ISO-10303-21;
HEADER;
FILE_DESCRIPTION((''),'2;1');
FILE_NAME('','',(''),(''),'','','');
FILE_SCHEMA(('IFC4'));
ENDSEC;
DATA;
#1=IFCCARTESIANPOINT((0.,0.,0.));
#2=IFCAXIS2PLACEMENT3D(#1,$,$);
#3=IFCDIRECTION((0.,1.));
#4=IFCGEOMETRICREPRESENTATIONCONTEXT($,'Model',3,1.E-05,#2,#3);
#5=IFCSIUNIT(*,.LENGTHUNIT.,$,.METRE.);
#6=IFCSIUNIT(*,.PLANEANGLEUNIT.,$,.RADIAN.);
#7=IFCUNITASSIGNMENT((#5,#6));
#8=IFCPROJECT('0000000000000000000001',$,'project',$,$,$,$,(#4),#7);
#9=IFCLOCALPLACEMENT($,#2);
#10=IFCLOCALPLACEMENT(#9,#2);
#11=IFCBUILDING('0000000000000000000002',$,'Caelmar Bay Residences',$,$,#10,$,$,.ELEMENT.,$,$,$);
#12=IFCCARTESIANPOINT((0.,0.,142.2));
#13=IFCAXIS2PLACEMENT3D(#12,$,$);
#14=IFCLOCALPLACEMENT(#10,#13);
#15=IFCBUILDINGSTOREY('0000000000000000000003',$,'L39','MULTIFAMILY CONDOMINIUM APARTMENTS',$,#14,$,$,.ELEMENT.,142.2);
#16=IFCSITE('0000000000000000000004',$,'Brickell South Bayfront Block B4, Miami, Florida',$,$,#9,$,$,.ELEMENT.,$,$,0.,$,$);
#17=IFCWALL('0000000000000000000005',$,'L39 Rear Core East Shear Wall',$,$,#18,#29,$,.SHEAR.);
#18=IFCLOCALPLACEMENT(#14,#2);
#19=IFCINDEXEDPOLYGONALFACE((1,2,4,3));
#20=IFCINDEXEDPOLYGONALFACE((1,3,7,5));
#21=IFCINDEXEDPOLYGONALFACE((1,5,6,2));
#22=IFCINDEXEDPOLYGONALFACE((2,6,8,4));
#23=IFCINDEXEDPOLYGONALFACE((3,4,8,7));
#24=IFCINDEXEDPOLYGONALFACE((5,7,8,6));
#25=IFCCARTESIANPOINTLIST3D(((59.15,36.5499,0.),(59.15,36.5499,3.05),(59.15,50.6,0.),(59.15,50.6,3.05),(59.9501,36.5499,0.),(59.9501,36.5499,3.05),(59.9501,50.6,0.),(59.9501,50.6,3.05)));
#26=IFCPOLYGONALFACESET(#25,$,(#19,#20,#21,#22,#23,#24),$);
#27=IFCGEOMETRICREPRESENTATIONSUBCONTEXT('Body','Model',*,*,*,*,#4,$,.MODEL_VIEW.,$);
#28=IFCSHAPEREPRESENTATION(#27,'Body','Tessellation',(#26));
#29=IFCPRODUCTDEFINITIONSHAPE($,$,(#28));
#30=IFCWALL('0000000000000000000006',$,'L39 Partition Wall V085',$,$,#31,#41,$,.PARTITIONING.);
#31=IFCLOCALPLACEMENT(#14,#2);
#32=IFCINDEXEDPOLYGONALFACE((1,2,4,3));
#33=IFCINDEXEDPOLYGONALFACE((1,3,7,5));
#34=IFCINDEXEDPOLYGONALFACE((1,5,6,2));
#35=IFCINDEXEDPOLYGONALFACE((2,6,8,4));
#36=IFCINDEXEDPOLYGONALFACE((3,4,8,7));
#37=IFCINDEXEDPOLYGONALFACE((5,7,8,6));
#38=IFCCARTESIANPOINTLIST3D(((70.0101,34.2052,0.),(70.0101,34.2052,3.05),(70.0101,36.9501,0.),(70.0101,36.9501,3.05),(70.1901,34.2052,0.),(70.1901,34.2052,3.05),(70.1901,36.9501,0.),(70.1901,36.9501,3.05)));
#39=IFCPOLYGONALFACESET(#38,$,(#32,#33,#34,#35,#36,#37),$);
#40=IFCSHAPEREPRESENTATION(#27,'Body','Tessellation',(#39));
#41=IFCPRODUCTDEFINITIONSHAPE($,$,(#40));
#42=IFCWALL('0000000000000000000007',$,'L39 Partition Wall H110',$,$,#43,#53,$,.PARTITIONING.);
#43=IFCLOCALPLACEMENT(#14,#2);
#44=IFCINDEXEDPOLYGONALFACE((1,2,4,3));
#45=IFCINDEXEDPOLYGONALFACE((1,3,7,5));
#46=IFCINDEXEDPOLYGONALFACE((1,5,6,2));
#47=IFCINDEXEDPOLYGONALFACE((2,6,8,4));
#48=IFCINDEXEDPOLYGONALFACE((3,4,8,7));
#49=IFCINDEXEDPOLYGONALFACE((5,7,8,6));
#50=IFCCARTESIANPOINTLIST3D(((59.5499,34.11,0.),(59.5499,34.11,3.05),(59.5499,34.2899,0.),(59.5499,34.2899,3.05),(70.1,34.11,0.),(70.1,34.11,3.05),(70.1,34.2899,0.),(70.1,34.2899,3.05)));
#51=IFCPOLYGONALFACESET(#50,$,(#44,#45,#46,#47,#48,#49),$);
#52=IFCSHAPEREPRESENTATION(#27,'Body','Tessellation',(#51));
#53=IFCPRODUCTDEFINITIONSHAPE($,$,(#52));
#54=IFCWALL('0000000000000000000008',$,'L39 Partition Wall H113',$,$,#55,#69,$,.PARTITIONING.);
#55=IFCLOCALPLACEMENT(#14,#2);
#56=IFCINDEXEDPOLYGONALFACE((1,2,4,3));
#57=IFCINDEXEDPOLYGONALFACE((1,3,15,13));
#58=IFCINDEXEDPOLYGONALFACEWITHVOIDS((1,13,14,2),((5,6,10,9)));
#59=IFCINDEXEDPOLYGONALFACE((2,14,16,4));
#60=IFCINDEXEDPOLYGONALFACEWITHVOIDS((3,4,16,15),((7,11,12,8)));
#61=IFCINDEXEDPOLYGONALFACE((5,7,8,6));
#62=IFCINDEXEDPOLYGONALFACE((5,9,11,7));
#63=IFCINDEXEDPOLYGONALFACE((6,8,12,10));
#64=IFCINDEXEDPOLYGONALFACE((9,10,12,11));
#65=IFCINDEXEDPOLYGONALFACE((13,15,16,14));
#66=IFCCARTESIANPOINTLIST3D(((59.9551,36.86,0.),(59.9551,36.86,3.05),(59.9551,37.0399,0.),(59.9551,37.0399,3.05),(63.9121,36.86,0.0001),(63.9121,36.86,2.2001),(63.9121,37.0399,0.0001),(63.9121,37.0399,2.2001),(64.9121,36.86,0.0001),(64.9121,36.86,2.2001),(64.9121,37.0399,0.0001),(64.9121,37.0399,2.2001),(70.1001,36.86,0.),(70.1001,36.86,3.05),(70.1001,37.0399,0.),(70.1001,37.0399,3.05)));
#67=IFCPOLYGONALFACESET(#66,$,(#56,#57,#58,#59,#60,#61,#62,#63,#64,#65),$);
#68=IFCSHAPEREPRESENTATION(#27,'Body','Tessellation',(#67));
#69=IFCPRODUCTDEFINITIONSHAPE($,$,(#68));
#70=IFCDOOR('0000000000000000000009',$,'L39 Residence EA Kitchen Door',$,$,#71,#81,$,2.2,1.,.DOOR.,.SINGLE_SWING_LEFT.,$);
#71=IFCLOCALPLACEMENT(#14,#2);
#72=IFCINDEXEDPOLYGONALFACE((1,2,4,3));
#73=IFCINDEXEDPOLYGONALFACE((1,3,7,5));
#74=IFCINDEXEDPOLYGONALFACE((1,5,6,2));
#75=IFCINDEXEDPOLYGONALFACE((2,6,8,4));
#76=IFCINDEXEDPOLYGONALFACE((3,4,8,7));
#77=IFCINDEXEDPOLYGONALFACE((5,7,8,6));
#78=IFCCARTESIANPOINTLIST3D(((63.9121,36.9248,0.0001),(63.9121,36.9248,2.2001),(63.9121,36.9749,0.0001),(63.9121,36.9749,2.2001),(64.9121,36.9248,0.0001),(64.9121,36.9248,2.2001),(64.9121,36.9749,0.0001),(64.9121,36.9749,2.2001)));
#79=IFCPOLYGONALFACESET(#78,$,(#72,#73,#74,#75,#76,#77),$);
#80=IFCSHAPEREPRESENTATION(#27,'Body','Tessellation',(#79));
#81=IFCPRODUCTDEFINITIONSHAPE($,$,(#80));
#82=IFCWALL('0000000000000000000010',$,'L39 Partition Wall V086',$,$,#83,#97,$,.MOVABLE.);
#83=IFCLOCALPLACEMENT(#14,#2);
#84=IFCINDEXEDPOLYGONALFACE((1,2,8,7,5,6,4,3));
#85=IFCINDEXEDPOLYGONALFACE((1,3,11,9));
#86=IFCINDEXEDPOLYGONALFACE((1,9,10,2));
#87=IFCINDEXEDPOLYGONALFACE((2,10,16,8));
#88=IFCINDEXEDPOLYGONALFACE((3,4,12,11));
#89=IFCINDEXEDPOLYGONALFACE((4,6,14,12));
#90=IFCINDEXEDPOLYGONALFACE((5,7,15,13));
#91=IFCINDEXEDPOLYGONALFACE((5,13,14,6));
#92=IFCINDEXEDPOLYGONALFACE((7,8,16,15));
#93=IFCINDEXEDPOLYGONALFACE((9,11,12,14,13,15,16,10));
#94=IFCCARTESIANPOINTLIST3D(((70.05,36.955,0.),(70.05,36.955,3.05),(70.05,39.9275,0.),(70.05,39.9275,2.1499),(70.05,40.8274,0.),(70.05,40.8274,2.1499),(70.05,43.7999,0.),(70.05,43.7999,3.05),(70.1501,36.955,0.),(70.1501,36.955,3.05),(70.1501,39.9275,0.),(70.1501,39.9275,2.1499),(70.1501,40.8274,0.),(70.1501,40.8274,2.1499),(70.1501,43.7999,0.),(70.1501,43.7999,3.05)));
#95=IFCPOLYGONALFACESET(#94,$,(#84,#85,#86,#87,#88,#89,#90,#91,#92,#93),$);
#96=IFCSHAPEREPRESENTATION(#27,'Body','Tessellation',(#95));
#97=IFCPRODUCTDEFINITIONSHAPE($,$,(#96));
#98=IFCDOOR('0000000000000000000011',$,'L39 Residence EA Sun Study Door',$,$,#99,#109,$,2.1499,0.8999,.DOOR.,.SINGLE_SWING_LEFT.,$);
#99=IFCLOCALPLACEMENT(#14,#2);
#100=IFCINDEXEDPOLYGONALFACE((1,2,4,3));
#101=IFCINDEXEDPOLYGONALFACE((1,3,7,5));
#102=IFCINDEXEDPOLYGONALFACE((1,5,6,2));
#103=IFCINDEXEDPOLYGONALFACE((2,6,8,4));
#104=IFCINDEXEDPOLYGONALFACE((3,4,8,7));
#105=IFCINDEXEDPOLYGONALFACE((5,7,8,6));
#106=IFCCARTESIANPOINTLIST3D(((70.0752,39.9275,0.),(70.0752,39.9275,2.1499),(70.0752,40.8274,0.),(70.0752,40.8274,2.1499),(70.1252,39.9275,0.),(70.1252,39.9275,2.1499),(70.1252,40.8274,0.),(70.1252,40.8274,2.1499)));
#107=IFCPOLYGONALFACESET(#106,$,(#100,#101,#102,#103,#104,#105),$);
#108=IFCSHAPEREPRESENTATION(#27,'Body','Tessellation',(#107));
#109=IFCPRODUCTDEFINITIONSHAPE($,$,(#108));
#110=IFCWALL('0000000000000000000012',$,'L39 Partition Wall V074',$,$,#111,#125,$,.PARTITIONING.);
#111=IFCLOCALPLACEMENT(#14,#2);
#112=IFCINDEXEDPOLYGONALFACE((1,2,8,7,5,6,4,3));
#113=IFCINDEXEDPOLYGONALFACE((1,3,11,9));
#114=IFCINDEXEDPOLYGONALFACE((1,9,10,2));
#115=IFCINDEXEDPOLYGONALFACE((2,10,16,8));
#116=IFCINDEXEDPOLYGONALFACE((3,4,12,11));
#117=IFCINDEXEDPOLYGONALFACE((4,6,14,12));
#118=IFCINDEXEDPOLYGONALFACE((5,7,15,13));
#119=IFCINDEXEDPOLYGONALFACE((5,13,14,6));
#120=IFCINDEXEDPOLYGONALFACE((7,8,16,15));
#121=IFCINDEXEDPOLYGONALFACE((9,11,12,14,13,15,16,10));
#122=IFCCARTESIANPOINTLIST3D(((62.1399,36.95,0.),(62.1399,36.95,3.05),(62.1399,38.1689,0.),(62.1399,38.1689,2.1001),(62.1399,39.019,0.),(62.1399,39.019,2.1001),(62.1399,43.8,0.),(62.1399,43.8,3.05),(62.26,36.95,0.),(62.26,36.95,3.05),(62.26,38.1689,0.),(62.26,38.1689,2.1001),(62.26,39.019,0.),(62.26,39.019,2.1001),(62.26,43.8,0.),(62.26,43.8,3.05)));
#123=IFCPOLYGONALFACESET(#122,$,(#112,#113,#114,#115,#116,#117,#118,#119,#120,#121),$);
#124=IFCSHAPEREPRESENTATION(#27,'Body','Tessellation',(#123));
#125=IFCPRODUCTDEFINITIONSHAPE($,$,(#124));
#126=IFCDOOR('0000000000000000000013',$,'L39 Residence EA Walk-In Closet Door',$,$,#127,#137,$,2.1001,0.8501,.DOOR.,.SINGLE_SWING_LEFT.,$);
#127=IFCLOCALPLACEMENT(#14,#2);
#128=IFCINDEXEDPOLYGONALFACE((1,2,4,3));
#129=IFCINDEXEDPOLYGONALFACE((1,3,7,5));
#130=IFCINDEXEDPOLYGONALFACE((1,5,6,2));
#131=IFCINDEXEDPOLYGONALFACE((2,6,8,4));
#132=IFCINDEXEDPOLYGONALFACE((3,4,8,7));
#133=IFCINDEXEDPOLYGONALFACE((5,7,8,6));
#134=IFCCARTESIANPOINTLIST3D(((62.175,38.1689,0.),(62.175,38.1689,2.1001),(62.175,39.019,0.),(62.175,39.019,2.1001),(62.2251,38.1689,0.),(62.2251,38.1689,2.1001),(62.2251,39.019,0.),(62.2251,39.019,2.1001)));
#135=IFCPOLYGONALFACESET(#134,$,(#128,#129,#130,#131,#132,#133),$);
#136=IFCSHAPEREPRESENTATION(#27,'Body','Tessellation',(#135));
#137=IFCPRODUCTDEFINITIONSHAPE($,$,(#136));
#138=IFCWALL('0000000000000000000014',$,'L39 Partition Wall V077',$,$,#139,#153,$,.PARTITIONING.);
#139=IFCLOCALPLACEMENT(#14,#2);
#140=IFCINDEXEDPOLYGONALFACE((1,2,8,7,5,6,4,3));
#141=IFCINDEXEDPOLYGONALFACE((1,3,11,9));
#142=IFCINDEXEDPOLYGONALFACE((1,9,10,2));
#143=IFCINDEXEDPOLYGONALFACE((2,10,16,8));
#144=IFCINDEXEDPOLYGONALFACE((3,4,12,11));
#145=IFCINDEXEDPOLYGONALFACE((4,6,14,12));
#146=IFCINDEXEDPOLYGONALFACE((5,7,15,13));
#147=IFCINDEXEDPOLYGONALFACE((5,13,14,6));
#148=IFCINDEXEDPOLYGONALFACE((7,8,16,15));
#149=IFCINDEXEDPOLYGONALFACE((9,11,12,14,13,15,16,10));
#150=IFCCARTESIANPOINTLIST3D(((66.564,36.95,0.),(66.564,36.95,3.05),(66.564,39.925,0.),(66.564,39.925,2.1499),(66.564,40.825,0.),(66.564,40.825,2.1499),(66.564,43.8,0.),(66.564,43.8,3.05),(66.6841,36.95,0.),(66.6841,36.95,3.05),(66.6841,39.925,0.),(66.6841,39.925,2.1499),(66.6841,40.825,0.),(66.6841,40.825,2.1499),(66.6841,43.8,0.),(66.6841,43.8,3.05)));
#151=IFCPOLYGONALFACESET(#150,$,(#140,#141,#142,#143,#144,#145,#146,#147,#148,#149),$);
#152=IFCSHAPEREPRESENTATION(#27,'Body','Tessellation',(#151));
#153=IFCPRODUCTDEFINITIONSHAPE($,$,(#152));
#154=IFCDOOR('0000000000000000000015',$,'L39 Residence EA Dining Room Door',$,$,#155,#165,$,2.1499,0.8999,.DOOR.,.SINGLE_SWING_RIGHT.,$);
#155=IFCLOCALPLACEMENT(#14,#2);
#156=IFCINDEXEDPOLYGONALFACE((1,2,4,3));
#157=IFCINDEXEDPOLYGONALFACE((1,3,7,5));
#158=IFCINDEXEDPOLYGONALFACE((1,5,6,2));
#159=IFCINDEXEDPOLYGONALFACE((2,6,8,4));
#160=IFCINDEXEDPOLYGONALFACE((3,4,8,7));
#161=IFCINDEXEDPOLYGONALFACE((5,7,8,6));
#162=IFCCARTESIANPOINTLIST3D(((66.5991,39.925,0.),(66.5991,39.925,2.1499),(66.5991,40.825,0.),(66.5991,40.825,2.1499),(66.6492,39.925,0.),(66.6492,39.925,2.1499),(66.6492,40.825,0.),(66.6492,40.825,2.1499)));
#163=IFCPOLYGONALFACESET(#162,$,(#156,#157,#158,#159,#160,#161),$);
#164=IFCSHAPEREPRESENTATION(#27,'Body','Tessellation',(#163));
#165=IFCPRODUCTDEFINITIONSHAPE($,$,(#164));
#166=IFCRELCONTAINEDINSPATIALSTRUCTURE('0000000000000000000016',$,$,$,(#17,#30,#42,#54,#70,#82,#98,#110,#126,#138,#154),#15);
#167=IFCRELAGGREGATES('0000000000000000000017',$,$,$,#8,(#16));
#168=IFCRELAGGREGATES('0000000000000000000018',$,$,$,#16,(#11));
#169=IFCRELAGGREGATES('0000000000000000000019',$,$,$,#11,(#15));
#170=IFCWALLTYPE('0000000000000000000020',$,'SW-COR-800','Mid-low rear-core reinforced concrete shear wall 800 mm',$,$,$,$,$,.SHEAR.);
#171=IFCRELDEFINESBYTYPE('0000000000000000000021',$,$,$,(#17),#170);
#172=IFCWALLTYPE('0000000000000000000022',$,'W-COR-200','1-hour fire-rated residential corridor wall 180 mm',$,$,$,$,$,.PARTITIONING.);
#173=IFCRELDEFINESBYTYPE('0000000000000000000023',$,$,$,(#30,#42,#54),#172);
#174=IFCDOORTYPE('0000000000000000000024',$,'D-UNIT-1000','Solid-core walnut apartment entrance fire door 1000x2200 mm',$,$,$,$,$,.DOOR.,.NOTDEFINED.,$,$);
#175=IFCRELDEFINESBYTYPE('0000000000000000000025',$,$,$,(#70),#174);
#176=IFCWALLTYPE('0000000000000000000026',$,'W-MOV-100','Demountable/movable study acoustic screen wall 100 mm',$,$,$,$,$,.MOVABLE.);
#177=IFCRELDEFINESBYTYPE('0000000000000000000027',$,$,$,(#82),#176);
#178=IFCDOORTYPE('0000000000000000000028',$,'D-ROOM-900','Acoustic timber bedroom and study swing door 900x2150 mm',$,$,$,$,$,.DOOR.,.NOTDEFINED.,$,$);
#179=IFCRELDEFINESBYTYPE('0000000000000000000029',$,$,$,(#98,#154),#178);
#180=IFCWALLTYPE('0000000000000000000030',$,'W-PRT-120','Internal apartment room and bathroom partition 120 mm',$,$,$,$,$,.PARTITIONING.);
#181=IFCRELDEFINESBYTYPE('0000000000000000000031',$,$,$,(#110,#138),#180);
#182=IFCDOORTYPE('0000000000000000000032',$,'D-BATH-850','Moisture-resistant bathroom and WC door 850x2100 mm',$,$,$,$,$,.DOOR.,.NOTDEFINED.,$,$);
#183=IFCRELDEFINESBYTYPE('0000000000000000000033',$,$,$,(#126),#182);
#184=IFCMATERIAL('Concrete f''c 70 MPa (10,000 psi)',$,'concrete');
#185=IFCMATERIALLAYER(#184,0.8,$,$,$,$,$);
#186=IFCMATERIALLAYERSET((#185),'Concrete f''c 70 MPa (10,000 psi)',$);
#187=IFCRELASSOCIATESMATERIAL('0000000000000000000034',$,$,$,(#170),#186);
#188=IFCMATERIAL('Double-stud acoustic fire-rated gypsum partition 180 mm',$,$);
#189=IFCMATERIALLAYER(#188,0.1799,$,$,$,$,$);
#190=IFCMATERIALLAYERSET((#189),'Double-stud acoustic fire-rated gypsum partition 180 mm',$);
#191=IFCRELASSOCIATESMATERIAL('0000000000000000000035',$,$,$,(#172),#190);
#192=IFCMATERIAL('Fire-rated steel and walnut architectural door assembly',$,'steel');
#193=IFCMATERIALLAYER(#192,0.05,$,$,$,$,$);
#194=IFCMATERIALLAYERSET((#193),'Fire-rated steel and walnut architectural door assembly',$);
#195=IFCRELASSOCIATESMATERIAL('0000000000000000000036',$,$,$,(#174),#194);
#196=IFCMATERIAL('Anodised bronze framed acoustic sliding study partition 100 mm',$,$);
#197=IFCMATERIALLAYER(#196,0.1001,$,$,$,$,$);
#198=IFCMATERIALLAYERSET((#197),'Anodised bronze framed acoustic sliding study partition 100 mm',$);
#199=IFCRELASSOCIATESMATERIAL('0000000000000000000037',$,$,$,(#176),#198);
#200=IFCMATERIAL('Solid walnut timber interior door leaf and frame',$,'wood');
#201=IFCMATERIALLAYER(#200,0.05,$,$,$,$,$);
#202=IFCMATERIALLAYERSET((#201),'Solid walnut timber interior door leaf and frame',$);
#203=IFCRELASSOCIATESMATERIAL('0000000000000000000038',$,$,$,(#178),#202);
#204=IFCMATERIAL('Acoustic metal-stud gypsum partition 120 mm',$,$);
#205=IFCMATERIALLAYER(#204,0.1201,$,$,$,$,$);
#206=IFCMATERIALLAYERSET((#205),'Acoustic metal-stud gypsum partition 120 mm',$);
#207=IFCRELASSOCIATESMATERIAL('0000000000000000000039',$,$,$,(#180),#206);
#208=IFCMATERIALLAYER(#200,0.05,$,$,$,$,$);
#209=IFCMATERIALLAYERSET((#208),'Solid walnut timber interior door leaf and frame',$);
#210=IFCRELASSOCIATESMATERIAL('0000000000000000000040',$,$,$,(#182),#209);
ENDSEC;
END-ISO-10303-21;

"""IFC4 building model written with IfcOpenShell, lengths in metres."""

from ifc_helpers import new_model, si_unit, direction, frame, frame_2d, origin, place, context, subcontext, project, spatial, rectangle, extrude, material, layer, layer_set, type_object, element, fill, save


model = new_model("IFC4")

# Units and contexts
model_context = context("Model", 3, precision=1e-05, world=origin(), true_north=direction((0.0, 1.0)))
body_context = subcontext(model_context, "Body", "Model", "MODEL_VIEW")
ifc_project = project(units=[si_unit("LENGTHUNIT", "METRE"), si_unit("PLANEANGLEUNIT", "RADIAN")], contexts=[model_context])

# Site, building, storey
site_placement = place(None, origin())
site = spatial("IfcSite", under=ifc_project, at=site_placement, Name="Brickell South Bayfront Block B4, Miami, Florida", CompositionType="ELEMENT", RefElevation=0.0)
building_placement = place(site_placement, origin())
building = spatial("IfcBuilding", under=site, at=building_placement, Name="Caelmar Bay Residences", CompositionType="ELEMENT")
storey_placement = place(building_placement, frame((0.0, 0.0, 142.2)))
storey = spatial("IfcBuildingStorey", under=building, at=storey_placement, Name="L39", Description="MULTIFAMILY CONDOMINIUM APARTMENTS", CompositionType="ELEMENT", Elevation=142.2)

# Walls
ifc_material_1 = material(Name="Concrete f'c 70 MPa (10,000 psi)", Category="concrete")
ifc_layer_1 = layer(ifc_material_1, 0.8)
ifc_layer_set_1 = layer_set([ifc_layer_1], Name="Concrete f'c 70 MPa (10,000 psi)")
wall_type_1 = type_object("IfcWallType", Name="SW-COR-800", Description="Mid-low rear-core reinforced concrete shear wall 800 mm", PredefinedType="SHEAR", material=ifc_layer_set_1)
wall_1_placement = place(storey_placement, frame((59.55, 36.55, 0.0), z_axis=(0.0, 0.0, 1.0), x_axis=(0.0, 1.0, 0.0)))
element("IfcWall", 1, at=wall_1_placement, inside=storey, type_object=wall_type_1, Name="L39 Rear Core East Shear Wall", PredefinedType="SHEAR", context=body_context, shape_type="SweptSolid", body=[
    extrude(rectangle(XDim=14.05, YDim=0.8, at=frame_2d((7.0249, 0.0))), origin(), (0.0, 0.0, 1.0), 3.05),
])
ifc_material_2 = material(Name="Double-stud acoustic fire-rated gypsum partition 180 mm")
ifc_layer_2 = layer(ifc_material_2, 0.1799)
ifc_layer_set_2 = layer_set([ifc_layer_2], Name="Double-stud acoustic fire-rated gypsum partition 180 mm")
wall_type_2 = type_object("IfcWallType", Name="W-COR-200", Description="1-hour fire-rated residential corridor wall 180 mm", PredefinedType="PARTITIONING", material=ifc_layer_set_2)
wall_2_placement = place(storey_placement, frame((70.1001, 34.2051, 0.0), z_axis=(0.0, 0.0, 1.0), x_axis=(0.0, 1.0, 0.0)))
element("IfcWall", 2, at=wall_2_placement, inside=storey, type_object=wall_type_2, Name="L39 Partition Wall V085", PredefinedType="PARTITIONING", context=body_context, shape_type="SweptSolid", body=[
    extrude(rectangle(XDim=2.7449, YDim=0.1799, at=frame_2d((1.3726, 0.0))), origin(), (0.0, 0.0, 1.0), 3.05),
])
wall_3_placement = place(storey_placement, frame((59.55, 34.2, 0.0), z_axis=(0.0, 0.0, 1.0), x_axis=(1.0, 0.0, 0.0)))
element("IfcWall", 3, at=wall_3_placement, inside=storey, type_object=wall_type_2, Name="L39 Partition Wall H110", PredefinedType="PARTITIONING", context=body_context, shape_type="SweptSolid", body=[
    extrude(rectangle(XDim=10.55, YDim=0.1799, at=frame_2d((5.2749, 0.0))), origin(), (0.0, 0.0, 1.0), 3.05),
])

# Walls, openings, doors
wall_4_placement = place(storey_placement, frame((59.9551, 36.95, 0.0), z_axis=(0.0, 0.0, 1.0), x_axis=(1.0, 0.0, 0.0)))
wall_4 = element("IfcWall", 4, at=wall_4_placement, inside=storey, type_object=wall_type_2, Name="L39 Partition Wall H113", PredefinedType="PARTITIONING", context=body_context, shape_type="SweptSolid", body=[
    extrude(rectangle(XDim=10.145, YDim=0.1799, at=frame_2d((5.0725, 0.0))), origin(), (0.0, 0.0, 1.0), 3.05),
])
opening_1_placement = place(wall_4_placement, frame((3.957, 0.0, 0.0)))
opening_1 = element("IfcOpeningElement", 5, at=opening_1_placement, cuts=wall_4, PredefinedType="OPENING", context=body_context, shape_type="SweptSolid", body=[
    extrude(rectangle(XDim=1.0, YDim=2.2, at=frame_2d((0.5, 1.1001))), frame((0.0, 0.0999, 0.0), z_axis=(0.0, -1.0, 0.0), x_axis=(1.0, 0.0, 0.0)), (0.0, 0.0, 1.0), 0.2),
])
ifc_material_3 = material(Name="Fire-rated steel and walnut architectural door assembly", Category="steel")
ifc_layer_3 = layer(ifc_material_3, 0.05)
ifc_layer_set_3 = layer_set([ifc_layer_3], Name="Fire-rated steel and walnut architectural door assembly")
door_type_1 = type_object("IfcDoorType", Name="D-UNIT-1000", Description="Solid-core walnut apartment entrance fire door 1000x2200 mm", OperationType="NOTDEFINED", PredefinedType="DOOR", material=ifc_layer_set_3)
door_1_placement = place(opening_1_placement, origin())
door_1 = element("IfcDoor", 6, at=door_1_placement, inside=storey, type_object=door_type_1, Name="L39 Residence EA Kitchen Door", OperationType="SINGLE_SWING_LEFT", OverallHeight=2.2, OverallWidth=1.0, PredefinedType="DOOR", context=body_context, shape_type="SweptSolid", body=[
    extrude(rectangle(XDim=1.0, YDim=2.2, at=frame_2d((0.5, 1.1001))), frame((0.0, 0.0249, 0.0), z_axis=(0.0, -1.0, 0.0), x_axis=(1.0, 0.0, 0.0)), (0.0, 0.0, 1.0), 0.05),
])
fill(opening_1, door_1)
ifc_material_4 = material(Name="Anodised bronze framed acoustic sliding study partition 100 mm")
ifc_layer_4 = layer(ifc_material_4, 0.1001)
ifc_layer_set_4 = layer_set([ifc_layer_4], Name="Anodised bronze framed acoustic sliding study partition 100 mm")
wall_type_3 = type_object("IfcWallType", Name="W-MOV-100", Description="Demountable/movable study acoustic screen wall 100 mm", PredefinedType="MOVABLE", material=ifc_layer_set_4)
wall_5_placement = place(storey_placement, frame((70.1001, 36.9551, 0.0), z_axis=(0.0, 0.0, 1.0), x_axis=(0.0, 1.0, 0.0)))
wall_5 = element("IfcWall", 7, at=wall_5_placement, inside=storey, type_object=wall_type_3, Name="L39 Partition Wall V086", PredefinedType="MOVABLE", context=body_context, shape_type="SweptSolid", body=[
    extrude(rectangle(XDim=6.845, YDim=0.1001, at=frame_2d((3.4224, 0.0))), origin(), (0.0, 0.0, 1.0), 3.05),
])
opening_2_placement = place(wall_5_placement, frame((2.9724, 0.0, 0.0)))
opening_2 = element("IfcOpeningElement", 8, at=opening_2_placement, cuts=wall_5, PredefinedType="OPENING", context=body_context, shape_type="SweptSolid", body=[
    extrude(rectangle(XDim=0.8999, YDim=2.1499, at=frame_2d((0.45, 1.075))), frame((0.0, 0.0601, 0.0), z_axis=(0.0, -1.0, 0.0), x_axis=(1.0, 0.0, 0.0)), (0.0, 0.0, 1.0), 0.1201),
])
ifc_material_5 = material(Name="Solid walnut timber interior door leaf and frame", Category="wood")
ifc_layer_5 = layer(ifc_material_5, 0.05)
ifc_layer_set_5 = layer_set([ifc_layer_5], Name="Solid walnut timber interior door leaf and frame")
door_type_2 = type_object("IfcDoorType", Name="D-ROOM-900", Description="Acoustic timber bedroom and study swing door 900x2150 mm", OperationType="NOTDEFINED", PredefinedType="DOOR", material=ifc_layer_set_5)
door_2_placement = place(opening_2_placement, origin())
door_2 = element("IfcDoor", 9, at=door_2_placement, inside=storey, type_object=door_type_2, Name="L39 Residence EA Sun Study Door", OperationType="SINGLE_SWING_LEFT", OverallHeight=2.1499, OverallWidth=0.8999, PredefinedType="DOOR", context=body_context, shape_type="SweptSolid", body=[
    extrude(rectangle(XDim=0.8999, YDim=2.1499, at=frame_2d((0.45, 1.075))), frame((0.0, 0.0249, 0.0), z_axis=(0.0, -1.0, 0.0), x_axis=(1.0, 0.0, 0.0)), (0.0, 0.0, 1.0), 0.05),
])
fill(opening_2, door_2)
ifc_material_6 = material(Name="Acoustic metal-stud gypsum partition 120 mm")
ifc_layer_6 = layer(ifc_material_6, 0.1201)
ifc_layer_set_6 = layer_set([ifc_layer_6], Name="Acoustic metal-stud gypsum partition 120 mm")
wall_type_4 = type_object("IfcWallType", Name="W-PRT-120", Description="Internal apartment room and bathroom partition 120 mm", PredefinedType="PARTITIONING", material=ifc_layer_set_6)
wall_6_placement = place(storey_placement, frame((62.2, 36.95, 0.0), z_axis=(0.0, 0.0, 1.0), x_axis=(0.0, 1.0, 0.0)))
wall_6 = element("IfcWall", 10, at=wall_6_placement, inside=storey, type_object=wall_type_4, Name="L39 Partition Wall V074", PredefinedType="PARTITIONING", context=body_context, shape_type="SweptSolid", body=[
    extrude(rectangle(XDim=6.8501, YDim=0.1201, at=frame_2d((3.425, 0.0))), origin(), (0.0, 0.0, 1.0), 3.05),
])
opening_3_placement = place(wall_6_placement, frame((1.219, 0.0, 0.0)))
opening_3 = element("IfcOpeningElement", 11, at=opening_3_placement, cuts=wall_6, PredefinedType="OPENING", context=body_context, shape_type="SweptSolid", body=[
    extrude(rectangle(XDim=0.8501, YDim=2.1001, at=frame_2d((0.425, 1.05))), frame((0.0, 0.0701, 0.0), z_axis=(0.0, -1.0, 0.0), x_axis=(1.0, 0.0, 0.0)), (0.0, 0.0, 1.0), 0.1401),
])
ifc_layer_7 = layer(ifc_material_5, 0.05)
ifc_layer_set_7 = layer_set([ifc_layer_7], Name="Solid walnut timber interior door leaf and frame")
door_type_3 = type_object("IfcDoorType", Name="D-BATH-850", Description="Moisture-resistant bathroom and WC door 850x2100 mm", OperationType="NOTDEFINED", PredefinedType="DOOR", material=ifc_layer_set_7)
door_3_placement = place(opening_3_placement, origin())
door_3 = element("IfcDoor", 12, at=door_3_placement, inside=storey, type_object=door_type_3, Name="L39 Residence EA Walk-In Closet Door", OperationType="SINGLE_SWING_LEFT", OverallHeight=2.1001, OverallWidth=0.8501, PredefinedType="DOOR", context=body_context, shape_type="SweptSolid", body=[
    extrude(rectangle(XDim=0.8501, YDim=2.1001, at=frame_2d((0.425, 1.05))), frame((0.0, 0.0249, 0.0), z_axis=(0.0, -1.0, 0.0), x_axis=(1.0, 0.0, 0.0)), (0.0, 0.0, 1.0), 0.05),
])
fill(opening_3, door_3)
wall_7_placement = place(storey_placement, frame((66.624, 36.95, 0.0), z_axis=(0.0, 0.0, 1.0), x_axis=(0.0, 1.0, 0.0)))
wall_7 = element("IfcWall", 13, at=wall_7_placement, inside=storey, type_object=wall_type_4, Name="L39 Partition Wall V077", PredefinedType="PARTITIONING", context=body_context, shape_type="SweptSolid", body=[
    extrude(rectangle(XDim=6.8501, YDim=0.1201, at=frame_2d((3.425, 0.0))), origin(), (0.0, 0.0, 1.0), 3.05),
])
opening_4_placement = place(wall_7_placement, frame((2.9751, 0.0, 0.0)))
opening_4 = element("IfcOpeningElement", 14, at=opening_4_placement, cuts=wall_7, PredefinedType="OPENING", context=body_context, shape_type="SweptSolid", body=[
    extrude(rectangle(XDim=0.8999, YDim=2.1499, at=frame_2d((0.45, 1.075))), frame((0.0, 0.0701, 0.0), z_axis=(0.0, -1.0, 0.0), x_axis=(1.0, 0.0, 0.0)), (0.0, 0.0, 1.0), 0.1401),
])
door_4_placement = place(opening_4_placement, origin())
door_4 = element("IfcDoor", 15, at=door_4_placement, inside=storey, type_object=door_type_2, Name="L39 Residence EA Dining Room Door", OperationType="SINGLE_SWING_RIGHT", OverallHeight=2.1499, OverallWidth=0.8999, PredefinedType="DOOR", context=body_context, shape_type="SweptSolid", body=[
    extrude(rectangle(XDim=0.8999, YDim=2.1499, at=frame_2d((0.45, 1.075))), frame((0.0, 0.0249, 0.0), z_axis=(0.0, -1.0, 0.0), x_axis=(1.0, 0.0, 0.0)), (0.0, 0.0, 1.0), 0.05),
])
fill(opening_4, door_4)

save(model, "model.ifc")
